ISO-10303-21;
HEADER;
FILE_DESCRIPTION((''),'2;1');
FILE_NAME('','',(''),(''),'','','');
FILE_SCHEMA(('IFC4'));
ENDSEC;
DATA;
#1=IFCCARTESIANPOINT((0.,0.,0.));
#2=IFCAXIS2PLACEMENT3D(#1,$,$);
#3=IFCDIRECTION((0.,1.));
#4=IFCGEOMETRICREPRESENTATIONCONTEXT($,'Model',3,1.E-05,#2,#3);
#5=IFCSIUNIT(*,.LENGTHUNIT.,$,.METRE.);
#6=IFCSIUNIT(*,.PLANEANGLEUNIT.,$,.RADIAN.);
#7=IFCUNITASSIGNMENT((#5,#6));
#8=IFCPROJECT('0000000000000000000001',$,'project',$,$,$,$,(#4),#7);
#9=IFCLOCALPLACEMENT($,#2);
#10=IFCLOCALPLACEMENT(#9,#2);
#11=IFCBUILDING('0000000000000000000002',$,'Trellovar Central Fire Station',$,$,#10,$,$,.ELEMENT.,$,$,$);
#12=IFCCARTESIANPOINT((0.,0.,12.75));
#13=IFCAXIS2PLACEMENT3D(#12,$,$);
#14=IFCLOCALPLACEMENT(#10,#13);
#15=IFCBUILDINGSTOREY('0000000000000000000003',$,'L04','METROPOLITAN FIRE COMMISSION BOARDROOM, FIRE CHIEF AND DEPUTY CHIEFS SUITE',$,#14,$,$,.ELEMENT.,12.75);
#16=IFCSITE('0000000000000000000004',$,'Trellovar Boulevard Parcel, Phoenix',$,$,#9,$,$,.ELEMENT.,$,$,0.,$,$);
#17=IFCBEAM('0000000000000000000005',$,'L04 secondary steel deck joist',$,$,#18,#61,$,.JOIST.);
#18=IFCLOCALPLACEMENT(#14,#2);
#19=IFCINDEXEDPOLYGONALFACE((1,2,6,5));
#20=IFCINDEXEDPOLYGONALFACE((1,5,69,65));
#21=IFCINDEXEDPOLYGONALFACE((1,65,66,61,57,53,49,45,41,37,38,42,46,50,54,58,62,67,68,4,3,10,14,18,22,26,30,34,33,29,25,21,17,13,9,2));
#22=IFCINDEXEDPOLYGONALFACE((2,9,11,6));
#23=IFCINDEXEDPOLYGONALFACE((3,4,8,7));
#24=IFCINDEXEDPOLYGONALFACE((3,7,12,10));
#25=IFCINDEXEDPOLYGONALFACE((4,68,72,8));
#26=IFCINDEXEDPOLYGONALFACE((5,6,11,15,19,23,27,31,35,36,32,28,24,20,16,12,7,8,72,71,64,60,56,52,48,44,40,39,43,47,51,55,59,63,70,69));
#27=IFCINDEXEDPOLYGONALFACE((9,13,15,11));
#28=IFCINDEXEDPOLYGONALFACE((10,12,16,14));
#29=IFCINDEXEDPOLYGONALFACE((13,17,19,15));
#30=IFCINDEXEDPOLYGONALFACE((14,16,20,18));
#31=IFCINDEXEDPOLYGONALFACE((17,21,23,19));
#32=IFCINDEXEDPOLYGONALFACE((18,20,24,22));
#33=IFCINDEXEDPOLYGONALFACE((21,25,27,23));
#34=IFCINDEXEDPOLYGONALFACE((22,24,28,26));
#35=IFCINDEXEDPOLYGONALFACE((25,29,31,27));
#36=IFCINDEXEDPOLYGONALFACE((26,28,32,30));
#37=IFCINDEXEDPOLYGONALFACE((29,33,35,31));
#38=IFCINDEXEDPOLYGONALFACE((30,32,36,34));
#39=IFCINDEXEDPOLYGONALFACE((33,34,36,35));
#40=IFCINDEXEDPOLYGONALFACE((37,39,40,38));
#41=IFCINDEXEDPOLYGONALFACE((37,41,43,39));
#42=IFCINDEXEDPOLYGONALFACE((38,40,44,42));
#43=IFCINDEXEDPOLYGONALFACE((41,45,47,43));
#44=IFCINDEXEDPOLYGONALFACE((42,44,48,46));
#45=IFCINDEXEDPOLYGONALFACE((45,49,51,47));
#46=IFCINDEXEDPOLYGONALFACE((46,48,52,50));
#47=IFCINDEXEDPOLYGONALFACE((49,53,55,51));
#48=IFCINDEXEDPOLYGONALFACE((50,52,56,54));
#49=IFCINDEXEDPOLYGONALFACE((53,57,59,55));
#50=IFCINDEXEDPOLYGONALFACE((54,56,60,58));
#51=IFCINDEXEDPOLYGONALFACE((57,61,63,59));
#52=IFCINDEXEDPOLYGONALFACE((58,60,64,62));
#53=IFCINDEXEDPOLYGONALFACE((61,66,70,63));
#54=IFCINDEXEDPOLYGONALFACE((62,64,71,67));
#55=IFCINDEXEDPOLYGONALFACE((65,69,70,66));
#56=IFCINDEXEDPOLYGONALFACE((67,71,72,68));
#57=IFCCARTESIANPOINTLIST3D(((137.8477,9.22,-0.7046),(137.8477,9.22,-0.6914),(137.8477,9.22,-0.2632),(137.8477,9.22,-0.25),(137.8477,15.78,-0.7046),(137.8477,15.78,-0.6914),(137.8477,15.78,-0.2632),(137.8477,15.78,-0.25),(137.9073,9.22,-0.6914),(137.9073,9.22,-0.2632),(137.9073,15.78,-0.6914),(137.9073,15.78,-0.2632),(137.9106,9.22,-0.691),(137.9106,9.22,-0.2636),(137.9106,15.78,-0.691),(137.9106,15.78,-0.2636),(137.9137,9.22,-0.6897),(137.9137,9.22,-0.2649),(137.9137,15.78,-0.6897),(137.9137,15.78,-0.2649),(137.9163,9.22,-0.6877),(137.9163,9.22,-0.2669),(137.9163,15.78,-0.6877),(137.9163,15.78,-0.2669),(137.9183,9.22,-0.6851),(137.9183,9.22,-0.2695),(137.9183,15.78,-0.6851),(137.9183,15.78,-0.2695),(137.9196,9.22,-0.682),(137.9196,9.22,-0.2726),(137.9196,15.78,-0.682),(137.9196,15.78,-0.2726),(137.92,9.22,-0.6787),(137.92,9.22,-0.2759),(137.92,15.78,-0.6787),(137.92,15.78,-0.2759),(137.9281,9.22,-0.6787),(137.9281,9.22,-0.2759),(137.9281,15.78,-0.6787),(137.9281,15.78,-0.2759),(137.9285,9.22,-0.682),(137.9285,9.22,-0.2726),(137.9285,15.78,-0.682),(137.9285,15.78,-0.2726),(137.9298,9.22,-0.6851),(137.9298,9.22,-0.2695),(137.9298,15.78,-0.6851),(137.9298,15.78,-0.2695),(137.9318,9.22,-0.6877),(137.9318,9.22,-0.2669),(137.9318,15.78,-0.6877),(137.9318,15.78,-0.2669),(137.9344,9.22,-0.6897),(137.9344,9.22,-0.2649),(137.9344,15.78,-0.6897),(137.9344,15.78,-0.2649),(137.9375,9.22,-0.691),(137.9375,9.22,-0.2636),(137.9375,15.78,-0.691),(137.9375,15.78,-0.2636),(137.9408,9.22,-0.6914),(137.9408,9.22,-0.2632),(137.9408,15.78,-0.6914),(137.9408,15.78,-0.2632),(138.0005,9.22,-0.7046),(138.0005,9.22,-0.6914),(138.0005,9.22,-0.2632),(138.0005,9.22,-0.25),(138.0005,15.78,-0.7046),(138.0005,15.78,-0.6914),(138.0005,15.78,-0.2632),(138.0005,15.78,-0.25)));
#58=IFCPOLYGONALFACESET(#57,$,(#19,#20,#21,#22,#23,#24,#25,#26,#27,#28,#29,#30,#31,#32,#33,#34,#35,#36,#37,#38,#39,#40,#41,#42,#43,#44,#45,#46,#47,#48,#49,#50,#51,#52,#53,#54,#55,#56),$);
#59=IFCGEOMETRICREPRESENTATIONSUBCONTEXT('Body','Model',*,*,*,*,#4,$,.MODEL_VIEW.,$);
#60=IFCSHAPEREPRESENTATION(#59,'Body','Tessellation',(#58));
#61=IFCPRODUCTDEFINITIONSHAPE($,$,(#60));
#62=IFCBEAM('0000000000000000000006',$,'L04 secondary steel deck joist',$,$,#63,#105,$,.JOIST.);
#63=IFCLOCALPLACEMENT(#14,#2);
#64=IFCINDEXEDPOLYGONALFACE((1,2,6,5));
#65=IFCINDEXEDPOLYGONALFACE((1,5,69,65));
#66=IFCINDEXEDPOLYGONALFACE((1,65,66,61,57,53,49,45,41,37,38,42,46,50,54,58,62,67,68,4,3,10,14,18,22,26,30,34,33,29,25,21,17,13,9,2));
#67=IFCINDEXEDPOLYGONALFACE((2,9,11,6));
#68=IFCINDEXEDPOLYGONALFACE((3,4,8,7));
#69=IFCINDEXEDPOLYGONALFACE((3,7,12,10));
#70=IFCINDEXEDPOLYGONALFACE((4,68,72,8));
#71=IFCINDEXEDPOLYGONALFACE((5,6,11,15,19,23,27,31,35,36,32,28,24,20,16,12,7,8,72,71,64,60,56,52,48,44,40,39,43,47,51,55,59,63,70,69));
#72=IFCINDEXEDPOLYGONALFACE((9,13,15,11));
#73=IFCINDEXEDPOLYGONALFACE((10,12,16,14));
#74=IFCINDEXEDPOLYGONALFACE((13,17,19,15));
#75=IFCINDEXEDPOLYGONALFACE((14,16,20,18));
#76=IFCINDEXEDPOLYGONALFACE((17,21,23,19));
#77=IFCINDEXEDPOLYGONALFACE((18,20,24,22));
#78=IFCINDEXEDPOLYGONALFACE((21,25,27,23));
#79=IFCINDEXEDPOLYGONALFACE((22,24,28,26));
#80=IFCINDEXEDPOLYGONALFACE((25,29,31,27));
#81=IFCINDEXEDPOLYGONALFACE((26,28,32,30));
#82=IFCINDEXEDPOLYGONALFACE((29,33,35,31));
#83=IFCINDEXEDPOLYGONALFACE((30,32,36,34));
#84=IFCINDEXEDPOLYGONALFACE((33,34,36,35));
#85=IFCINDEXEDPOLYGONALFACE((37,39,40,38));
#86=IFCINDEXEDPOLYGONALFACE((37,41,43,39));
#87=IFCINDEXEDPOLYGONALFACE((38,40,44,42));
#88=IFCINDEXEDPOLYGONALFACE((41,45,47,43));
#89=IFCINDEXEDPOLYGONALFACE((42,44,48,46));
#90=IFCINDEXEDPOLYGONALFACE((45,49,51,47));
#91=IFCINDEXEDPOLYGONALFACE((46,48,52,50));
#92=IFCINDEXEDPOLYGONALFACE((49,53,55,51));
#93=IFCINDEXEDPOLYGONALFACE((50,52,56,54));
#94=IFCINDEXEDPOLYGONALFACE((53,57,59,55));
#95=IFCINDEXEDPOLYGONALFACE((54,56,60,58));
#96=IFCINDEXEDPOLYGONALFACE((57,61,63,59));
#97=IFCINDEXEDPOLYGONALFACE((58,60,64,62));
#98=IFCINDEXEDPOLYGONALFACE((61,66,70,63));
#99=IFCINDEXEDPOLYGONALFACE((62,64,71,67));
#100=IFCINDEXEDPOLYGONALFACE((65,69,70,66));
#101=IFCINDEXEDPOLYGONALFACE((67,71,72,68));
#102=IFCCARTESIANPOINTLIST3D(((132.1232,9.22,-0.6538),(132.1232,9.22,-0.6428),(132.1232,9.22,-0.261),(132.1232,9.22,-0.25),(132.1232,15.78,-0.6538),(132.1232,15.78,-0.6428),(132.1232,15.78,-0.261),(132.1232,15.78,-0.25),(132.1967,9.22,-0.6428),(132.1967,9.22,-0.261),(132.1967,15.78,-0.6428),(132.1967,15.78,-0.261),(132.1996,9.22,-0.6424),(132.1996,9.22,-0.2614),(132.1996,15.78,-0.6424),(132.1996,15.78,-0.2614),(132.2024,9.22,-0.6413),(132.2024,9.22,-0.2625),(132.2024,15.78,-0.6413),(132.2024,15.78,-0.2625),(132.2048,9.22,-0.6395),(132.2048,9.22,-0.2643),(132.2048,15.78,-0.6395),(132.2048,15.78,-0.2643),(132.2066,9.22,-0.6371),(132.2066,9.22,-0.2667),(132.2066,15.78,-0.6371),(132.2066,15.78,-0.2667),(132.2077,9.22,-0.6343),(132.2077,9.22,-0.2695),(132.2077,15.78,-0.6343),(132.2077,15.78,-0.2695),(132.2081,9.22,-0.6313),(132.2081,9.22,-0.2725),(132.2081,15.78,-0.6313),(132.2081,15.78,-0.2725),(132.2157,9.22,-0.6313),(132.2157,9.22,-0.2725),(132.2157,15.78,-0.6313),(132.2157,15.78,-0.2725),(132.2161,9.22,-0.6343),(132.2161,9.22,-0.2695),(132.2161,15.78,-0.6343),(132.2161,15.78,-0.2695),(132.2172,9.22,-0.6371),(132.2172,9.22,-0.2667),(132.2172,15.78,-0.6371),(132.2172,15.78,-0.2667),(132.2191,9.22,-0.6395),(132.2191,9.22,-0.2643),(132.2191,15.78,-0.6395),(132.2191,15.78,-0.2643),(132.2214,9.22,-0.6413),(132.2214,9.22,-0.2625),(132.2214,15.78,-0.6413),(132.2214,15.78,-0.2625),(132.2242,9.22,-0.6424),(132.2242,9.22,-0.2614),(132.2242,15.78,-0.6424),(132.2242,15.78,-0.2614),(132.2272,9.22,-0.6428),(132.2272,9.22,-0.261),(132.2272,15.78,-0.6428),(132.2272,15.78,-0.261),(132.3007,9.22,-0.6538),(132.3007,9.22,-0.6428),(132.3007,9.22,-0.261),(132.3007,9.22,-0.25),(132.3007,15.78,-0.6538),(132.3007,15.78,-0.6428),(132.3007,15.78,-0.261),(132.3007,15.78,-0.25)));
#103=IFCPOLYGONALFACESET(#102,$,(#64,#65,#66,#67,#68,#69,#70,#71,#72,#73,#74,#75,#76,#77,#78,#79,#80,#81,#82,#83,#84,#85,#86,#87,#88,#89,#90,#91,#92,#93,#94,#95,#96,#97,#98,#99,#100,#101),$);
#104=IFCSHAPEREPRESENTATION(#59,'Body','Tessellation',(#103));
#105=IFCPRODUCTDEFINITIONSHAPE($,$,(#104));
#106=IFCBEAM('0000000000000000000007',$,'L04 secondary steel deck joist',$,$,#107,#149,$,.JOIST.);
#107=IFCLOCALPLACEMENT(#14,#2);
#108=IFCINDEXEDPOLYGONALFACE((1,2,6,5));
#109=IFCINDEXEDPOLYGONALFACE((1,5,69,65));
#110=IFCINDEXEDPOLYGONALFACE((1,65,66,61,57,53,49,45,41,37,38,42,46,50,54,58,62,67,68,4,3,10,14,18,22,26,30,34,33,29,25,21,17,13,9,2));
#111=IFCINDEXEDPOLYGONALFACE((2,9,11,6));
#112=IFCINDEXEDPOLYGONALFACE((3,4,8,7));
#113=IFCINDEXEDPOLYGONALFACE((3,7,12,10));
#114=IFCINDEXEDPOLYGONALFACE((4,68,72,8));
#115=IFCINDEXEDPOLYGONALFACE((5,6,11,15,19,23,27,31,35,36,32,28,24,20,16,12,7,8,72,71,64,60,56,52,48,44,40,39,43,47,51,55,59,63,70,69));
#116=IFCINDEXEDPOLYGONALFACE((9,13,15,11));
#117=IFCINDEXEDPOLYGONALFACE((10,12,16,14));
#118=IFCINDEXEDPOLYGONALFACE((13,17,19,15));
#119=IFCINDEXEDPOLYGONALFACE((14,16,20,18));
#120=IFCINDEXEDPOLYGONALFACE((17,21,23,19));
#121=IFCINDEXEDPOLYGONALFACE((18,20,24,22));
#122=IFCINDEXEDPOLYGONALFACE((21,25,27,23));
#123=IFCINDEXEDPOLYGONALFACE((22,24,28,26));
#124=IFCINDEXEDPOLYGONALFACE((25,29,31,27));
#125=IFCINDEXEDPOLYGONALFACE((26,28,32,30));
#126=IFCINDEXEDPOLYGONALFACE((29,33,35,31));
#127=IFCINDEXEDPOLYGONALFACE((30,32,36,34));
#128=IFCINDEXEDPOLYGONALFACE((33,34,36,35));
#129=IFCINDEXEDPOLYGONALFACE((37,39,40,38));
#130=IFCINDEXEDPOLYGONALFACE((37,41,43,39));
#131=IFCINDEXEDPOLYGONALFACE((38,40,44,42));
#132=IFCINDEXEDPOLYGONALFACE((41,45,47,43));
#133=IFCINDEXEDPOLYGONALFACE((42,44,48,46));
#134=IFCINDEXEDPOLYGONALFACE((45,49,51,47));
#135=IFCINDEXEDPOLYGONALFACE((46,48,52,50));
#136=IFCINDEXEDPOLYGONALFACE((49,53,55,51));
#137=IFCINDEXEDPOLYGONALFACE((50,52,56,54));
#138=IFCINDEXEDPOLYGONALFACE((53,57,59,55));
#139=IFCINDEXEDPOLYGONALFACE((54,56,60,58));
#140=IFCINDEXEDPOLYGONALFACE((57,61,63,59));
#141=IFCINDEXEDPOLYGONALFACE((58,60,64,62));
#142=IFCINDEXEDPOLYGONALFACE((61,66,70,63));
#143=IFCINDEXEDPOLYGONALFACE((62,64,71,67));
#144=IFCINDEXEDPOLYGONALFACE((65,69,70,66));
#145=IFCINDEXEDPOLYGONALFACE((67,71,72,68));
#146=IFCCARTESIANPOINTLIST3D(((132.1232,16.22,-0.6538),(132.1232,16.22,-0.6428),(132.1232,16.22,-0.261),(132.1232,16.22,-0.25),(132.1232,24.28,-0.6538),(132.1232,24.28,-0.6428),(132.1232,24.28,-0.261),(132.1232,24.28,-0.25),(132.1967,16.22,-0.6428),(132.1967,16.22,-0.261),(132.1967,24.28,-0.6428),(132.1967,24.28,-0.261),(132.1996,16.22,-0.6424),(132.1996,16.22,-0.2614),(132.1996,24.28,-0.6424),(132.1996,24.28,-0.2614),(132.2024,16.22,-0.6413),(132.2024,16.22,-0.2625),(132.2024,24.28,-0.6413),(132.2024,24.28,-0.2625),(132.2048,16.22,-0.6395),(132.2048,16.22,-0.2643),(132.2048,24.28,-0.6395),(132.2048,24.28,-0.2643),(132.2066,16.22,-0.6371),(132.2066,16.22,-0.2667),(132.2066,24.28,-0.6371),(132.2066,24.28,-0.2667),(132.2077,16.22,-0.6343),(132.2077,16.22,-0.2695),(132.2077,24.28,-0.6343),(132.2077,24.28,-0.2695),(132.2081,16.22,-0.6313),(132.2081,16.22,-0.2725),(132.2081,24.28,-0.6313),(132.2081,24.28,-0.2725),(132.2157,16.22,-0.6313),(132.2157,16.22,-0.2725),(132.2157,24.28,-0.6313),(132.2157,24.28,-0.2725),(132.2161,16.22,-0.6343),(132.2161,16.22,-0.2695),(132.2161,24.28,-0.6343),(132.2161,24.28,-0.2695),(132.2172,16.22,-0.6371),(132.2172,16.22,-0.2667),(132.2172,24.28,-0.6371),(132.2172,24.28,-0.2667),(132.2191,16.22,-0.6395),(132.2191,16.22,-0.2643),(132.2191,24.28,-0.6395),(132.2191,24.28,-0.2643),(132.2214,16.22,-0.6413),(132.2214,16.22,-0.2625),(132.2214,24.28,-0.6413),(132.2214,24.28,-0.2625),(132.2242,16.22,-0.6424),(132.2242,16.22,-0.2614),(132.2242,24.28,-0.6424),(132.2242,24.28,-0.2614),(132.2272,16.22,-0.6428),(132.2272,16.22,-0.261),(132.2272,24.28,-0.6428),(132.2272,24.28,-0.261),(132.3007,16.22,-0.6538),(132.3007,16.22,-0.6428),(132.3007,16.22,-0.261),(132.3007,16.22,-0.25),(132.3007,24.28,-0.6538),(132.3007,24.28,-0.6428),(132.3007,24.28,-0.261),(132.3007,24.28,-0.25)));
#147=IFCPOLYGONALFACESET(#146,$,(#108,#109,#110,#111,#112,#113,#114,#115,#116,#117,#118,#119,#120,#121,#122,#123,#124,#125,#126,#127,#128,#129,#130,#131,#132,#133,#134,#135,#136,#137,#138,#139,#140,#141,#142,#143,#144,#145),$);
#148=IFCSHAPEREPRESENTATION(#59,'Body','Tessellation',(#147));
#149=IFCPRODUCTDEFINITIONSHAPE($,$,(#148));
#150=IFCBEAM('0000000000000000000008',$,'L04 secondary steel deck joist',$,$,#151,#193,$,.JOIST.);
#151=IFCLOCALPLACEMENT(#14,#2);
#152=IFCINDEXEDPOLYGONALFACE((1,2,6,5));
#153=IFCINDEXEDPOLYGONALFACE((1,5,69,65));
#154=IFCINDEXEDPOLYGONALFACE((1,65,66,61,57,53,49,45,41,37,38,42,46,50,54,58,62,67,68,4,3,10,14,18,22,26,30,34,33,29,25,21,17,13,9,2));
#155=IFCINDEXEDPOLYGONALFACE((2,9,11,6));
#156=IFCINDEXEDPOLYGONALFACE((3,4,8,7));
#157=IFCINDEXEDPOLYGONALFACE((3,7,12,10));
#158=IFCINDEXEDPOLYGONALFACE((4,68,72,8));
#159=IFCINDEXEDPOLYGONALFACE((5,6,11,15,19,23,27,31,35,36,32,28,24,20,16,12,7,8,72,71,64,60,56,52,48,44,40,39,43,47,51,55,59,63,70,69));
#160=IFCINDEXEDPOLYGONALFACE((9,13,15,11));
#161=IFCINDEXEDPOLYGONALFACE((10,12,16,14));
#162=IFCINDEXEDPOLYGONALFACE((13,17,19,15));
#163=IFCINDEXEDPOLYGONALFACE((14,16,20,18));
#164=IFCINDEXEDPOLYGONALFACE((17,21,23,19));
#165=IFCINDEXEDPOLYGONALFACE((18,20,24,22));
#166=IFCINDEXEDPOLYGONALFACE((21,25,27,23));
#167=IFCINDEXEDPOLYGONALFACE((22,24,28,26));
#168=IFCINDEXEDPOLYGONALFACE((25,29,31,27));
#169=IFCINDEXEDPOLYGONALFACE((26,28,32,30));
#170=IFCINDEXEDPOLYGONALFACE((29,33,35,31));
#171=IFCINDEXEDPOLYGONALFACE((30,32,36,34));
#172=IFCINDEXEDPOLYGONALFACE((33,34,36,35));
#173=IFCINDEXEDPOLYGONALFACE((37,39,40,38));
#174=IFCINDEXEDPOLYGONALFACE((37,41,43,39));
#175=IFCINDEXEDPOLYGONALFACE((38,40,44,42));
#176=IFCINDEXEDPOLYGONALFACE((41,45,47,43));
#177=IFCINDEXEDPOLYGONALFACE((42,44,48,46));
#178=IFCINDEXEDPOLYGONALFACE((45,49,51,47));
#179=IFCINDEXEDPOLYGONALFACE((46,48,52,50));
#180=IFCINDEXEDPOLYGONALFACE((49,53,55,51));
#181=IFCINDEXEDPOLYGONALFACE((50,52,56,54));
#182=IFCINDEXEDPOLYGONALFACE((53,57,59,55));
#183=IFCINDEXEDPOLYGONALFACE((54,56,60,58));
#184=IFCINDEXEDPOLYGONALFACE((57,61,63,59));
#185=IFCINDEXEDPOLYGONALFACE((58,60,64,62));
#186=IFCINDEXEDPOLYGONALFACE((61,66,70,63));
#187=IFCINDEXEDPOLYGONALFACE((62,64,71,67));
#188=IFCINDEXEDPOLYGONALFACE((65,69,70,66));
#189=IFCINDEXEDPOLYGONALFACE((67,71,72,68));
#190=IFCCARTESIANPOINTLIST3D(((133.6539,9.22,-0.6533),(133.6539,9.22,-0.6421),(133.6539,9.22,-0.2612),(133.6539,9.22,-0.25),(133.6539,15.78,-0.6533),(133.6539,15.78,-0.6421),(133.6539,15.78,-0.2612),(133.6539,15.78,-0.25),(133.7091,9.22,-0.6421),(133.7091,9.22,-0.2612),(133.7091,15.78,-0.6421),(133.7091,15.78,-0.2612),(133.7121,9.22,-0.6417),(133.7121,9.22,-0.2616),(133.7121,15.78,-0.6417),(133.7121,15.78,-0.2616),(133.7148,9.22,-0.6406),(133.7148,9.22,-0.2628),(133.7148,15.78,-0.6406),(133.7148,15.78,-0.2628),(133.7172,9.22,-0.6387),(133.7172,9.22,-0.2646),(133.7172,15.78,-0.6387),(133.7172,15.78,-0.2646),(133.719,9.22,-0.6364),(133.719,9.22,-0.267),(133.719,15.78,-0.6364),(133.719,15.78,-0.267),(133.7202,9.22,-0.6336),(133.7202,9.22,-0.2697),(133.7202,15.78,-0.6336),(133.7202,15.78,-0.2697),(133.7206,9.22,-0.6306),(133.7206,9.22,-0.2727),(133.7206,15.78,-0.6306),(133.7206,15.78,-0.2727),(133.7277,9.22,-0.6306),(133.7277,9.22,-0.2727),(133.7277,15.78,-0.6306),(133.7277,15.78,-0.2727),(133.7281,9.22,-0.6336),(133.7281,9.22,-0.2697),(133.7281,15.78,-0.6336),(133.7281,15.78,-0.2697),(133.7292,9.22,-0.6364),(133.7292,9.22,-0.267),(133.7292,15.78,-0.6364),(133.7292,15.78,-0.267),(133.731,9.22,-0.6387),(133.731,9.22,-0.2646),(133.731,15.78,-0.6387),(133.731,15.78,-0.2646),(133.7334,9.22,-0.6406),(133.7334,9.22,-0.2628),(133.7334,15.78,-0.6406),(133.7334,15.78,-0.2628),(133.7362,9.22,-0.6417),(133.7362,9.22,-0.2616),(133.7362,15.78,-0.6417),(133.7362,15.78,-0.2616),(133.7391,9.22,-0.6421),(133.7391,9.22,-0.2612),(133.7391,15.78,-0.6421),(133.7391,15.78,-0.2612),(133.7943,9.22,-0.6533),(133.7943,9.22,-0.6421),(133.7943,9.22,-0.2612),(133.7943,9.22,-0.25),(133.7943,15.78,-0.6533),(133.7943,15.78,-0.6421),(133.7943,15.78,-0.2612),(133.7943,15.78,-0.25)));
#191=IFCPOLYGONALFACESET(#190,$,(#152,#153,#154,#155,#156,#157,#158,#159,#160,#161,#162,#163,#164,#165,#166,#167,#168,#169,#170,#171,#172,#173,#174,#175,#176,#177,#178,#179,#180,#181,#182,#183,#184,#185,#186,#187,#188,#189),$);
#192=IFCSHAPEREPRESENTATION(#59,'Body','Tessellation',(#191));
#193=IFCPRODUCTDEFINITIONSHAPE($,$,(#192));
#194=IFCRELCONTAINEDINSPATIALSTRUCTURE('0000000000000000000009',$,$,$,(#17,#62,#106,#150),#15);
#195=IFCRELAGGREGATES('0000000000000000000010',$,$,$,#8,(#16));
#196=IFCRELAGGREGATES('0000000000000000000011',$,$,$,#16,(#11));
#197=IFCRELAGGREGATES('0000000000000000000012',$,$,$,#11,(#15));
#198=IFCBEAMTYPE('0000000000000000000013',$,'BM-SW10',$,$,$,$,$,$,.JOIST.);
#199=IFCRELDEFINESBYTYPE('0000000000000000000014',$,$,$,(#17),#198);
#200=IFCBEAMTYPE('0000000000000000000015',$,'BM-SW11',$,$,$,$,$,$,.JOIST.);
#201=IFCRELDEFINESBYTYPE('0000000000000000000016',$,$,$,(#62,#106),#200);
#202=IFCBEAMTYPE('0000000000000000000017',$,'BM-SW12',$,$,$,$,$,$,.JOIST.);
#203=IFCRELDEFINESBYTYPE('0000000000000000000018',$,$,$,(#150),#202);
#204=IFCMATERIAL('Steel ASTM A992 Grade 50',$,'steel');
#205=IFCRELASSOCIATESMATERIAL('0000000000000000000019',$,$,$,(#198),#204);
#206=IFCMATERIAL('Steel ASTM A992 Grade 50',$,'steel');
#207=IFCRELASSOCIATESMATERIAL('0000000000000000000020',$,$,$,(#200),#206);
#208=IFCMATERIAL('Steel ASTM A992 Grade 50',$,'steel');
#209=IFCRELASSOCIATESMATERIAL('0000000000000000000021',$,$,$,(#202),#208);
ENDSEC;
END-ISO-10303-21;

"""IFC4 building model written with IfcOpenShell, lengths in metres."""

from ifc_helpers import new_model, si_unit, direction, frame, origin, origin_2d, place, context, subcontext, project, spatial, i_section, extrude, material, material_profile, profile_set, type_object, element, save


model = new_model("IFC4")

# Units and contexts
model_context = context("Model", 3, precision=1e-05, world=origin(), true_north=direction((0.0, 1.0)))
body_context = subcontext(model_context, "Body", "Model", "MODEL_VIEW")
ifc_project = project(units=[si_unit("LENGTHUNIT", "METRE"), si_unit("PLANEANGLEUNIT", "RADIAN")], contexts=[model_context])

# Site, building, storey
site_placement = place(None, origin())
site = spatial("IfcSite", under=ifc_project, at=site_placement, Name="Trellovar Boulevard Parcel, Phoenix", CompositionType="ELEMENT", RefElevation=0.0)
building_placement = place(site_placement, origin())
building = spatial("IfcBuilding", under=site, at=building_placement, Name="Trellovar Central Fire Station", CompositionType="ELEMENT")
storey_placement = place(building_placement, frame((0.0, 0.0, 12.75)))
storey = spatial("IfcBuildingStorey", under=building, at=storey_placement, Name="L04", Description="METROPOLITAN FIRE COMMISSION BOARDROOM, FIRE CHIEF AND DEPUTY CHIEFS SUITE", CompositionType="ELEMENT", Elevation=12.75)

# Beams
ifc_material_1 = material(Name="Steel ASTM A992 Grade 50", Category="steel")
ifc_material_profile_1 = material_profile(ifc_material_1, i_section(OverallWidth=0.1528, OverallDepth=0.4546, WebThickness=0.0081, FlangeThickness=0.0132, FilletRadius=0.0127, at=origin_2d()), Name="W18X40")
ifc_profile_set_1 = profile_set([ifc_material_profile_1], Name="Steel ASTM A992 Grade 50")
beam_type_1 = type_object("IfcBeamType", Name="BM-SW10", PredefinedType="JOIST", material=ifc_profile_set_1)
beam_1_placement = place(storey_placement, frame((137.9241, 9.22, -0.4773), z_axis=(0.0, 1.0, 0.0), x_axis=(-1.0, 0.0, 0.0)))
element("IfcBeam", 1, at=beam_1_placement, inside=storey, type_object=beam_type_1, Name="L04 secondary steel deck joist", PredefinedType="JOIST", context=body_context, shape_type="SweptSolid", body=[
    extrude(i_section(OverallWidth=0.1528, OverallDepth=0.4546, WebThickness=0.0081, FlangeThickness=0.0132, FilletRadius=0.0127, at=origin_2d()), origin(), (0.0, 0.0, 1.0), 6.5601),
])
ifc_material_2 = material(Name="Steel ASTM A992 Grade 50", Category="steel")
ifc_material_profile_2 = material_profile(ifc_material_2, i_section(OverallWidth=0.1775, OverallDepth=0.4038, WebThickness=0.0076, FlangeThickness=0.011, FilletRadius=0.0115, at=origin_2d()), Name="W16X36")
ifc_profile_set_2 = profile_set([ifc_material_profile_2], Name="Steel ASTM A992 Grade 50")
beam_type_2 = type_object("IfcBeamType", Name="BM-SW11", PredefinedType="JOIST", material=ifc_profile_set_2)
beam_2_placement = place(storey_placement, frame((132.2119, 9.22, -0.4519), z_axis=(0.0, 1.0, 0.0), x_axis=(-1.0, 0.0, 0.0)))
element("IfcBeam", 2, at=beam_2_placement, inside=storey, type_object=beam_type_2, Name="L04 secondary steel deck joist", PredefinedType="JOIST", context=body_context, shape_type="SweptSolid", body=[
    extrude(i_section(OverallWidth=0.1775, OverallDepth=0.4038, WebThickness=0.0076, FlangeThickness=0.011, FilletRadius=0.0115, at=origin_2d()), origin(), (0.0, 0.0, 1.0), 6.5601),
])
beam_3_placement = place(storey_placement, frame((132.2119, 16.22, -0.4519), z_axis=(0.0, 1.0, 0.0), x_axis=(-1.0, 0.0, 0.0)))
element("IfcBeam", 3, at=beam_3_placement, inside=storey, type_object=beam_type_2, Name="L04 secondary steel deck joist", PredefinedType="JOIST", context=body_context, shape_type="SweptSolid", body=[
    extrude(i_section(OverallWidth=0.1775, OverallDepth=0.4038, WebThickness=0.0076, FlangeThickness=0.011, FilletRadius=0.0115, at=origin_2d()), origin(), (0.0, 0.0, 1.0), 8.0601),
])
ifc_material_3 = material(Name="Steel ASTM A992 Grade 50", Category="steel")
ifc_material_profile_3 = material_profile(ifc_material_3, i_section(OverallWidth=0.1404, OverallDepth=0.4033, WebThickness=0.0071, FlangeThickness=0.0112, FilletRadius=0.0115, at=origin_2d()), Name="W16X31")
ifc_profile_set_3 = profile_set([ifc_material_profile_3], Name="Steel ASTM A992 Grade 50")
beam_type_3 = type_object("IfcBeamType", Name="BM-SW12", PredefinedType="JOIST", material=ifc_profile_set_3)
beam_4_placement = place(storey_placement, frame((133.7241, 9.22, -0.4517), z_axis=(0.0, 1.0, 0.0), x_axis=(-1.0, 0.0, 0.0)))
element("IfcBeam", 4, at=beam_4_placement, inside=storey, type_object=beam_type_3, Name="L04 secondary steel deck joist", PredefinedType="JOIST", context=body_context, shape_type="SweptSolid", body=[
    extrude(i_section(OverallWidth=0.1404, OverallDepth=0.4033, WebThickness=0.0071, FlangeThickness=0.0112, FilletRadius=0.0115, at=origin_2d()), origin(), (0.0, 0.0, 1.0), 6.5601),
])

save(model, "model.ifc")
